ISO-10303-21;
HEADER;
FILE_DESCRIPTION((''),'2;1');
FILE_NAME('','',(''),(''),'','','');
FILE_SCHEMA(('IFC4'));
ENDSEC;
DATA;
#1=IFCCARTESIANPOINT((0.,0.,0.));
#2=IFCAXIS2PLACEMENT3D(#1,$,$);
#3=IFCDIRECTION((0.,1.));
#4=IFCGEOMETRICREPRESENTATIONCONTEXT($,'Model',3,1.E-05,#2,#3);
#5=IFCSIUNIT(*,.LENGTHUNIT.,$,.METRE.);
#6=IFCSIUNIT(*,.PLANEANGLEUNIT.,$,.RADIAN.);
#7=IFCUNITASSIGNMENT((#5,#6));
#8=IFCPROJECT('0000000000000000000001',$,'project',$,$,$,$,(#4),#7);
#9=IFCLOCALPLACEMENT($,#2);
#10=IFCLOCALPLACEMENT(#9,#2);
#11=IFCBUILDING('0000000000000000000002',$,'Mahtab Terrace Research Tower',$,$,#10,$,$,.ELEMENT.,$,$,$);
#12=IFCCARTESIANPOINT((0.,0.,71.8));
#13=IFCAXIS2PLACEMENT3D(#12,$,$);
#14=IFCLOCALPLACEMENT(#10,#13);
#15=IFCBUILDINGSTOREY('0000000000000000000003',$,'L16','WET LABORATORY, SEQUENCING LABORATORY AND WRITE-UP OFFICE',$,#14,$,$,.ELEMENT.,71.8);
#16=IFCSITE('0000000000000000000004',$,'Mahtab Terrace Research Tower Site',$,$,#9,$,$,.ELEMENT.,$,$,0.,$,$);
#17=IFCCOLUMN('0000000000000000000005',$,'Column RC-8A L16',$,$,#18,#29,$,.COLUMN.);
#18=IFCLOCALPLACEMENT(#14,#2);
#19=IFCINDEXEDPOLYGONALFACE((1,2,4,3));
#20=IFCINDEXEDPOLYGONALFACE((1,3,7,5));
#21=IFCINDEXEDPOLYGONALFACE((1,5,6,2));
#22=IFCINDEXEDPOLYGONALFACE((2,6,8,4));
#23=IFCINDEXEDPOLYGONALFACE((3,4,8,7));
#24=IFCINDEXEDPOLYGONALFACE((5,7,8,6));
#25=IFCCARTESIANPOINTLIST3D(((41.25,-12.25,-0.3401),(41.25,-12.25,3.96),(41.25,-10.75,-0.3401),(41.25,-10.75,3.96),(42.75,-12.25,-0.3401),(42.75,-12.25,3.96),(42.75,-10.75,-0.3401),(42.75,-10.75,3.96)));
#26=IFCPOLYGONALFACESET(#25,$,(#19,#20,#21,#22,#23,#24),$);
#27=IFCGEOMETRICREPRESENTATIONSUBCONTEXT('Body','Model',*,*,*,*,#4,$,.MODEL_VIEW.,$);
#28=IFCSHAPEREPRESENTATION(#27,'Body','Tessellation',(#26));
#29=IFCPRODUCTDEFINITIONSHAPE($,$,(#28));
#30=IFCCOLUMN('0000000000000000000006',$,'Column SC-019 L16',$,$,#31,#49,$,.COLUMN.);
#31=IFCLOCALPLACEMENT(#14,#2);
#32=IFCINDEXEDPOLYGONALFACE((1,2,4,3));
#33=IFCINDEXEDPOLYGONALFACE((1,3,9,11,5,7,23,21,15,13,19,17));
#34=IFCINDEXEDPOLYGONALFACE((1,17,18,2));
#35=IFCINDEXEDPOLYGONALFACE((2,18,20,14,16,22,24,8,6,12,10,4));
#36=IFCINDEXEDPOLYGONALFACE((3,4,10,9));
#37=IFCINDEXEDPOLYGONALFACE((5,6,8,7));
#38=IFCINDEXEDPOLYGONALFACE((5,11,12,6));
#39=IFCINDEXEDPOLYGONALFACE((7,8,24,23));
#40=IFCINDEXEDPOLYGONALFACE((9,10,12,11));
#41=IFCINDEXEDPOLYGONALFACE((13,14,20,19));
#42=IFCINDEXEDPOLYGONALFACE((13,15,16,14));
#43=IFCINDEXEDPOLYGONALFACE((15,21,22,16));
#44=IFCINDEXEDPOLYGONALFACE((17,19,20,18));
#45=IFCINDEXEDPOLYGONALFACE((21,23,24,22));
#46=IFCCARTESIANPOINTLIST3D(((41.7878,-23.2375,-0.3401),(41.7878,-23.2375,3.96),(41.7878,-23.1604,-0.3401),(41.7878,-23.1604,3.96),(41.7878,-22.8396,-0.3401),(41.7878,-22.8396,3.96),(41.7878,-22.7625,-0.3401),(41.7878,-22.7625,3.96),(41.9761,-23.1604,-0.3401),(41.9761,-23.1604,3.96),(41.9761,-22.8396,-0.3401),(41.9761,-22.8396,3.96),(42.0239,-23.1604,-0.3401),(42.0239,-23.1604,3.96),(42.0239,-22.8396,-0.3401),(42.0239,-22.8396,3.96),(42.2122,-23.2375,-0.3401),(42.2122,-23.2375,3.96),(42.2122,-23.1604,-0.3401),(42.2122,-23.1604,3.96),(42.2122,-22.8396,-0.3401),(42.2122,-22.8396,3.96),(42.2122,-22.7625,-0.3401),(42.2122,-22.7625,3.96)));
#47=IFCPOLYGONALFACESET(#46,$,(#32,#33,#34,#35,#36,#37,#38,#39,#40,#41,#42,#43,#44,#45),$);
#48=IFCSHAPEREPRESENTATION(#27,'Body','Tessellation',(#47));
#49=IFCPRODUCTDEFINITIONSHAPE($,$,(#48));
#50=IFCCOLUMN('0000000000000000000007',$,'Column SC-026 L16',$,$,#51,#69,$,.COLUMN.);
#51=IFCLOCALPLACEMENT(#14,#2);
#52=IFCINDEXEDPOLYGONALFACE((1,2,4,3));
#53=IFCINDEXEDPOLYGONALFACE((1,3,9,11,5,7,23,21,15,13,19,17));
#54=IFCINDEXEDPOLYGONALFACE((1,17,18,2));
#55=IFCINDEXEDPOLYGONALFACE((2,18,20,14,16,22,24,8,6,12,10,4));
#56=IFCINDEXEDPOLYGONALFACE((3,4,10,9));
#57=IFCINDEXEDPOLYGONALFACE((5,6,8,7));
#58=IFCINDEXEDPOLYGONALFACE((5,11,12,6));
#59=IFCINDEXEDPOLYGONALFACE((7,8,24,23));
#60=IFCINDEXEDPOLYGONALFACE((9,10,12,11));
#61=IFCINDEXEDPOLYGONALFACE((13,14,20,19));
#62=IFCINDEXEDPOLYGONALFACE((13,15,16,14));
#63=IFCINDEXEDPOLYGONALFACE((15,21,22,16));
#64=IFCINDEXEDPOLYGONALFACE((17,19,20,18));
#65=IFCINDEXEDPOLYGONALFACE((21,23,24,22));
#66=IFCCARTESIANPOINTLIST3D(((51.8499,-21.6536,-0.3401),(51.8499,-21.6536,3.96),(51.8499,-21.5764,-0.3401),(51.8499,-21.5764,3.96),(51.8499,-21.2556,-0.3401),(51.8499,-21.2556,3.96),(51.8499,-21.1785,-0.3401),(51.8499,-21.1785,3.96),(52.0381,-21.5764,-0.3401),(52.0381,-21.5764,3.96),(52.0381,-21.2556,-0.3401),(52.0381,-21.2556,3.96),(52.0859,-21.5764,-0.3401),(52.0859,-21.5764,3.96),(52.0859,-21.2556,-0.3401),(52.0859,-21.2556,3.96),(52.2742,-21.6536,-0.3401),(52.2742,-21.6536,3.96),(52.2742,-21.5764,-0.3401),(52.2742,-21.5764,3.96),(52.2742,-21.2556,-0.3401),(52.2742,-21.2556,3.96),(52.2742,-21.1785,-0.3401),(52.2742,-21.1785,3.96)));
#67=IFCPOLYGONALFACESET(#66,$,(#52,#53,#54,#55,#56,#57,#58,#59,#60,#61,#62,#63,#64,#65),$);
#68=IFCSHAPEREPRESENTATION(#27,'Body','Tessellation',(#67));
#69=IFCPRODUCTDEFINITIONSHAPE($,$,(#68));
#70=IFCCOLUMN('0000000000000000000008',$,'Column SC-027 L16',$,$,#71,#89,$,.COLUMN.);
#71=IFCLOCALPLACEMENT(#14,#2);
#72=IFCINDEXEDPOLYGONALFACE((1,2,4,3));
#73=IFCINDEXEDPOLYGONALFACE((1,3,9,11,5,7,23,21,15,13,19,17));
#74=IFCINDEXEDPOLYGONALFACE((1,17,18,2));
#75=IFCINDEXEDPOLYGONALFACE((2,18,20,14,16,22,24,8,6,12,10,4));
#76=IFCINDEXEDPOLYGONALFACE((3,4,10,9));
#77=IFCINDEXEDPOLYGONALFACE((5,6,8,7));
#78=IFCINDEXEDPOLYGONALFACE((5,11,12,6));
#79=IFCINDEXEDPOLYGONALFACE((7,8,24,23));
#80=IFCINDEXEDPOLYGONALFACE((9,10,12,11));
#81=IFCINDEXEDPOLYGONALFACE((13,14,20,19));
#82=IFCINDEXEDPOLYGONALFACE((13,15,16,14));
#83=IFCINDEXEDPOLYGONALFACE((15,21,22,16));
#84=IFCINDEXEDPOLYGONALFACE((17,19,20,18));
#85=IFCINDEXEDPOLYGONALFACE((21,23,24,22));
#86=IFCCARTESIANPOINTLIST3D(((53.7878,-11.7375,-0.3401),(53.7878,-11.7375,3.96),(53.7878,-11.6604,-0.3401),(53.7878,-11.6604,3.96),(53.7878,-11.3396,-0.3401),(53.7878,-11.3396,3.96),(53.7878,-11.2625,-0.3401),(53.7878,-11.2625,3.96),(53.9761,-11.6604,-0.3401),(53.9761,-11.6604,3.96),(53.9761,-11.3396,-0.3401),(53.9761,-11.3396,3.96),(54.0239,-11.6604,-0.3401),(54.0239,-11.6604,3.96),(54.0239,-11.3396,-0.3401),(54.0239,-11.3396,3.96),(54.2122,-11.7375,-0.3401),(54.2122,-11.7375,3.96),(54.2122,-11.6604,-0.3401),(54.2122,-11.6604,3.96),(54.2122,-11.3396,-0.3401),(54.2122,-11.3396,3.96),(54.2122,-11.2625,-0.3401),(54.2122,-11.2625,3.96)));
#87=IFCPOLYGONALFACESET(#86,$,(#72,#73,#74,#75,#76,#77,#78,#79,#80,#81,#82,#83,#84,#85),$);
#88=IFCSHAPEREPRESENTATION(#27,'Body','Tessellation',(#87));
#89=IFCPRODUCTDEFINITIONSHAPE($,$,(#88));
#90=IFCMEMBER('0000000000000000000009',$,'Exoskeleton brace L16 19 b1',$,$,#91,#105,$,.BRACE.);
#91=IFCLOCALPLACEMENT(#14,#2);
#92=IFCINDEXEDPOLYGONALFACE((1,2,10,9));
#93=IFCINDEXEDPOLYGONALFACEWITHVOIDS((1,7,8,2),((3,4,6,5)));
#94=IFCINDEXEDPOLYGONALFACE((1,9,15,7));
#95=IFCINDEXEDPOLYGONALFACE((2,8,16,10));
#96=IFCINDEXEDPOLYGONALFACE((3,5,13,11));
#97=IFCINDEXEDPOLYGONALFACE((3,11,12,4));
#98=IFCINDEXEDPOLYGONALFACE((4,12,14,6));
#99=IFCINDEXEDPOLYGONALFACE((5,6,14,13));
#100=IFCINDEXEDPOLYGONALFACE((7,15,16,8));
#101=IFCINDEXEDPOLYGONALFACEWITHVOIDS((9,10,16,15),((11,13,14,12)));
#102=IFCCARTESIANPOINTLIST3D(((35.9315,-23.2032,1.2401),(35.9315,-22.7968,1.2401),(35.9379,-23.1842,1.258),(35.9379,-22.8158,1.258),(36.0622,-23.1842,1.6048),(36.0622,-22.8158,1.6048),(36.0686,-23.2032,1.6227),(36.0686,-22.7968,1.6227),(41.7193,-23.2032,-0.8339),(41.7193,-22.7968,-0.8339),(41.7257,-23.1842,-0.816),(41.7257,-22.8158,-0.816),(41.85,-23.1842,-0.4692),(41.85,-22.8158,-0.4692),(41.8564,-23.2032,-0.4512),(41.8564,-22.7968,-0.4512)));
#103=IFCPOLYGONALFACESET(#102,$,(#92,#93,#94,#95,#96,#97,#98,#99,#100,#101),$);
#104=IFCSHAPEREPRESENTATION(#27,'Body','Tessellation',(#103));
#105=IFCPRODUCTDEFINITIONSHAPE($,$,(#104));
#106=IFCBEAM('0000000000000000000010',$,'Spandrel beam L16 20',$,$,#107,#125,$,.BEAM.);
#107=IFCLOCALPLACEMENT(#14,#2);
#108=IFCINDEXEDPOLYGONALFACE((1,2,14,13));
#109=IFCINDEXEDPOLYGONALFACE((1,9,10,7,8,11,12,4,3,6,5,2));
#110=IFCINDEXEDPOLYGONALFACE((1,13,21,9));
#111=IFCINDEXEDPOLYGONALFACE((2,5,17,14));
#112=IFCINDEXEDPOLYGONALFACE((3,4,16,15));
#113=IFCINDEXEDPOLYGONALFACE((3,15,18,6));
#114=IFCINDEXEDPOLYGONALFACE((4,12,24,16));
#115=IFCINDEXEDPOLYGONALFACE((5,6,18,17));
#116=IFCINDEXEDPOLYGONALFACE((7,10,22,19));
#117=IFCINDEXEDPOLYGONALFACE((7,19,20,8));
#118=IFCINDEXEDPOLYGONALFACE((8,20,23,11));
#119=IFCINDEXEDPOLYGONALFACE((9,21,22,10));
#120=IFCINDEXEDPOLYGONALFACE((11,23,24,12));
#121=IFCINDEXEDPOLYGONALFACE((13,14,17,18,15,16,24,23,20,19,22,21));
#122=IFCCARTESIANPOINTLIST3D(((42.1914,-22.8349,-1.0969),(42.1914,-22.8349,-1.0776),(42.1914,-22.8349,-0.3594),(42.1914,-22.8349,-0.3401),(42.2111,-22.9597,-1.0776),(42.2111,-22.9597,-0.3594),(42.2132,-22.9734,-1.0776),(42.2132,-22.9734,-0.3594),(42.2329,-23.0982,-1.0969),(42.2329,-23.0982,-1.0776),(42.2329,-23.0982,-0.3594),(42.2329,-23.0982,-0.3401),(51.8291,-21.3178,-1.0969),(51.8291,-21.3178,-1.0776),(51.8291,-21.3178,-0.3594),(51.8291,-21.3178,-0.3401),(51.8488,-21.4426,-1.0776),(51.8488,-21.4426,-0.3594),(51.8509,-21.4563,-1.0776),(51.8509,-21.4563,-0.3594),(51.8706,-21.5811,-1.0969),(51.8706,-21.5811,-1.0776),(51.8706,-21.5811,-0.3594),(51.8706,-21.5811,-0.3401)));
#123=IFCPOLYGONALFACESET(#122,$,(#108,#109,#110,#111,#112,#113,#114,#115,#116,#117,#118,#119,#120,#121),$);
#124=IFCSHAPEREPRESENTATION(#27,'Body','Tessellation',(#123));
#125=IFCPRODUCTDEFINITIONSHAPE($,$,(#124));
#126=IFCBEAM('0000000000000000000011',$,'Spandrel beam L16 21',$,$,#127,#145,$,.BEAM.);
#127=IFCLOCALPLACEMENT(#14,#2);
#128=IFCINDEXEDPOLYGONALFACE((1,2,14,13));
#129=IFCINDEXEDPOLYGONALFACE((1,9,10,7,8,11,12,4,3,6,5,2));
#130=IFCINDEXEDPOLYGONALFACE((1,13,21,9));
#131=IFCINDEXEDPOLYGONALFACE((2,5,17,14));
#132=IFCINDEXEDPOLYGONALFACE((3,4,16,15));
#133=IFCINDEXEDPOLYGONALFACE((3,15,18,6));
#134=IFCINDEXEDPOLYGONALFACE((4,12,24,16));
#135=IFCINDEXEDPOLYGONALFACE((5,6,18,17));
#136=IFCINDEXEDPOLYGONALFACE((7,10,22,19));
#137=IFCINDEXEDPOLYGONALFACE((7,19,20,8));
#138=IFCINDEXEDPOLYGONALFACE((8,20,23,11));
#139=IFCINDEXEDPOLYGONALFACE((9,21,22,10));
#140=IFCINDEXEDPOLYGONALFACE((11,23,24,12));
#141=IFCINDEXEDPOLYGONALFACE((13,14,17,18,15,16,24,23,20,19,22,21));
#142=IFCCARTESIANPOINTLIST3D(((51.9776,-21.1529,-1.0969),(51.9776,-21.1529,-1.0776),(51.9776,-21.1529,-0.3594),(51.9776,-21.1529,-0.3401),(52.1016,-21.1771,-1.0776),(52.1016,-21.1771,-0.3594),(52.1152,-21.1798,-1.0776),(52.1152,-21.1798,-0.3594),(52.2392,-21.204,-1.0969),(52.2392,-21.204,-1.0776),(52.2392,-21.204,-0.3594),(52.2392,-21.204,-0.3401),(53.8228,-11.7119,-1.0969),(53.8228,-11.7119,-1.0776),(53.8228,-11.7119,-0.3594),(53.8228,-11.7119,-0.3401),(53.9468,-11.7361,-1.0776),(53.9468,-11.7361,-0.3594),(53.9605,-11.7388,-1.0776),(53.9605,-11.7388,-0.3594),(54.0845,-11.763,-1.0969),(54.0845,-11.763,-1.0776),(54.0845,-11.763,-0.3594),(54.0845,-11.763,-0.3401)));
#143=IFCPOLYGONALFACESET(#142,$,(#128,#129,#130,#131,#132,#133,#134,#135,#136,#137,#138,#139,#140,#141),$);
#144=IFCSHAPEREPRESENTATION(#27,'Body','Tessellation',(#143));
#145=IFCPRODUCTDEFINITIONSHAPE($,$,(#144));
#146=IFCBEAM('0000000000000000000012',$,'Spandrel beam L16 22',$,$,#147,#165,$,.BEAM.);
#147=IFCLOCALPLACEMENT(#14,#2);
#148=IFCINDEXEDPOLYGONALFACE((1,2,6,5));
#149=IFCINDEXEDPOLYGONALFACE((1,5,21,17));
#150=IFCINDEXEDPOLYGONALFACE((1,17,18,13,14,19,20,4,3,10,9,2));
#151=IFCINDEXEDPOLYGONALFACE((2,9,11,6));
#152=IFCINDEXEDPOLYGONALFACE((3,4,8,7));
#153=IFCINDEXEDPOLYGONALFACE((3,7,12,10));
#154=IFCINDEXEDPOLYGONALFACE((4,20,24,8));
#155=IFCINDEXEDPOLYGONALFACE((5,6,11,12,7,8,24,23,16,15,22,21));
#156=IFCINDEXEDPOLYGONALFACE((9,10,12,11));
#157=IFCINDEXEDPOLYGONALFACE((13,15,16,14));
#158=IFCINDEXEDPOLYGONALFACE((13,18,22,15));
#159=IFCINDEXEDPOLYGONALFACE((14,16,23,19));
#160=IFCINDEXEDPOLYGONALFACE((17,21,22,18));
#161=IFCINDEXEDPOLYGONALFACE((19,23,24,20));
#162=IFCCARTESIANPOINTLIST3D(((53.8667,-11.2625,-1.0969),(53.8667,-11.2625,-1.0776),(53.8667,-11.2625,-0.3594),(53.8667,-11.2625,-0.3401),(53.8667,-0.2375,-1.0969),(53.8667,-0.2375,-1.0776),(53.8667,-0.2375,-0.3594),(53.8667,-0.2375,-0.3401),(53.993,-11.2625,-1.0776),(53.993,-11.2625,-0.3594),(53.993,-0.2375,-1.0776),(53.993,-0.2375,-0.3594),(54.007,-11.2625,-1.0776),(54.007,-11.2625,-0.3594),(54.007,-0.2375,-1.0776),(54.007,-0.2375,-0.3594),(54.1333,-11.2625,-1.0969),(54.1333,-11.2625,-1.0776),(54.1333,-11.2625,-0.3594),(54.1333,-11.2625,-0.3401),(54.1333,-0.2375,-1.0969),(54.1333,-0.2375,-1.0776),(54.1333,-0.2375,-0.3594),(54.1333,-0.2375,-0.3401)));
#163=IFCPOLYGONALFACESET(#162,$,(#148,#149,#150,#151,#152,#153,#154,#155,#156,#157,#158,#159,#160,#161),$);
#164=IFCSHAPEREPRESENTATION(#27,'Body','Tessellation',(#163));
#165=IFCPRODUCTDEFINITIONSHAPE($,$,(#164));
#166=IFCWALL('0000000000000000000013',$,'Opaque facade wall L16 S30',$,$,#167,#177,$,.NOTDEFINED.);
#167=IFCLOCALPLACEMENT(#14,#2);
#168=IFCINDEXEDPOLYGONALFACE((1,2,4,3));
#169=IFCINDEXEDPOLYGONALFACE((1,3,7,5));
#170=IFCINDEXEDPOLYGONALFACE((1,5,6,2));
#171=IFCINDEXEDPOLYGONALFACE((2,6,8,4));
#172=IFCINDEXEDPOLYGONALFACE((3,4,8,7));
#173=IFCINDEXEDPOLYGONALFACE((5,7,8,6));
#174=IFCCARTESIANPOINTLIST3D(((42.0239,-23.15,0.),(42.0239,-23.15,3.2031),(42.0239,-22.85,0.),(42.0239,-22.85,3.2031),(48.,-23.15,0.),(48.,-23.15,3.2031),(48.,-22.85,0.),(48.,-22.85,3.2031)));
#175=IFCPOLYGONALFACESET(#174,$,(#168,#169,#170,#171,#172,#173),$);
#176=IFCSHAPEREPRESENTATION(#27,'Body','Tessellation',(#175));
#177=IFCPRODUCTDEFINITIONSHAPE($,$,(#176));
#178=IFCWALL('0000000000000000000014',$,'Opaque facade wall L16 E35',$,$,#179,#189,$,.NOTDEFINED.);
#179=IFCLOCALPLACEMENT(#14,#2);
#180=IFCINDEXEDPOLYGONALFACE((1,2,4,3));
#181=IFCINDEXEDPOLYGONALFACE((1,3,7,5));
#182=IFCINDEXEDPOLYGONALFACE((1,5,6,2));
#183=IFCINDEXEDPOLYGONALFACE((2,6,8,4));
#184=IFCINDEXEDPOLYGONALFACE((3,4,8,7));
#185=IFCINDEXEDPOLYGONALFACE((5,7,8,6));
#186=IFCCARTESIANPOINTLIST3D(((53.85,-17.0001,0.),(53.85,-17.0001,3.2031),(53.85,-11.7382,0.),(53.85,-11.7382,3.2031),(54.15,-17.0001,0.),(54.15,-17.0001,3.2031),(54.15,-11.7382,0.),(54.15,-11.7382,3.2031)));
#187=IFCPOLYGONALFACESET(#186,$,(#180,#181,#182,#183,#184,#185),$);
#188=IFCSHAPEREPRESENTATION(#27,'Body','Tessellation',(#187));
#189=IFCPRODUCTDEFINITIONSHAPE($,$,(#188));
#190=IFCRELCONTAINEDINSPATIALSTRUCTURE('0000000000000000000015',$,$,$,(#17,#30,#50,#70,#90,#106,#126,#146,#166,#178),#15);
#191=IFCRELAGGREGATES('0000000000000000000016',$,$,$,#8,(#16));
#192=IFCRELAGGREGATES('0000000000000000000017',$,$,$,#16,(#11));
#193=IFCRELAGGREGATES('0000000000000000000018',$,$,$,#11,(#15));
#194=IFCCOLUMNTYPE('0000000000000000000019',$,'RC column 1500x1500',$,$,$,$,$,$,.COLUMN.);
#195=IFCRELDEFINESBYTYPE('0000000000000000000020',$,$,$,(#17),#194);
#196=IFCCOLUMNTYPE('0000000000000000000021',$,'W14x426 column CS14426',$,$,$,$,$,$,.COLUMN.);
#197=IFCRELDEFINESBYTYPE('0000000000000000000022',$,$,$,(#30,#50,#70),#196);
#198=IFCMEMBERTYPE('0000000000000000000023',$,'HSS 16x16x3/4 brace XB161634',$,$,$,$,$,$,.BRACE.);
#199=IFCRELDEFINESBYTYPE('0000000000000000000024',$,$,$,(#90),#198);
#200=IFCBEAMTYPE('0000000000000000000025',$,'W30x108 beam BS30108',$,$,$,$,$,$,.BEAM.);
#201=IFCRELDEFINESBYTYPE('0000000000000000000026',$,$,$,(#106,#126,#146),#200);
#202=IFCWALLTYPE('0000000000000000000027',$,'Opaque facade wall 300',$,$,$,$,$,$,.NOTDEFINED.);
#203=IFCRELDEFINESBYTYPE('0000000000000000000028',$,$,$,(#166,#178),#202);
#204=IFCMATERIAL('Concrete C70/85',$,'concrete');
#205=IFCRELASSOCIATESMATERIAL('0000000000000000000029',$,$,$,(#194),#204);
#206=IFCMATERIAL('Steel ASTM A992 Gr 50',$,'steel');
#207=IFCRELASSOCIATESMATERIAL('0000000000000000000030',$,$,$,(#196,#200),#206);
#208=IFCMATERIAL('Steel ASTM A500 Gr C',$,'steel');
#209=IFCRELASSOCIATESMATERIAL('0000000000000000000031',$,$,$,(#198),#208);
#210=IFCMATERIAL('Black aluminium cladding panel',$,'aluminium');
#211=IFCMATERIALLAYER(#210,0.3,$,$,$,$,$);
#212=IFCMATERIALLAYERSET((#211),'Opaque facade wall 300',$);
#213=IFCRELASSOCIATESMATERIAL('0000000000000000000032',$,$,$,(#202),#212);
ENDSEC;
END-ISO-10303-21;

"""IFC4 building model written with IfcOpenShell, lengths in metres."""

from ifc_helpers import new_model, si_unit, direction, frame, frame_2d, origin, origin_2d, place, context, subcontext, project, spatial, rectangle, hollow_rectangle, i_section, extrude, material, layer, layer_set, material_profile, profile_set, type_object, element, save


model = new_model("IFC4")

# Units and contexts
model_context = context("Model", 3, precision=1e-05, world=origin(), true_north=direction((0.0, 1.0)))
body_context = subcontext(model_context, "Body", "Model", "MODEL_VIEW")
ifc_project = project(units=[si_unit("LENGTHUNIT", "METRE"), si_unit("PLANEANGLEUNIT", "RADIAN")], contexts=[model_context])

# Site, building, storey
site_placement = place(None, origin())
site = spatial("IfcSite", under=ifc_project, at=site_placement, Name="Mahtab Terrace Research Tower Site", CompositionType="ELEMENT", RefElevation=0.0)
building_placement = place(site_placement, origin())
building = spatial("IfcBuilding", under=site, at=building_placement, Name="Mahtab Terrace Research Tower", CompositionType="ELEMENT")
storey_placement = place(building_placement, frame((0.0, 0.0, 71.8)))
storey = spatial("IfcBuildingStorey", under=building, at=storey_placement, Name="L16", Description="WET LABORATORY, SEQUENCING LABORATORY AND WRITE-UP OFFICE", CompositionType="ELEMENT", Elevation=71.8)

# Columns
ifc_material_1 = material(Name="Concrete C70/85", Category="concrete")
ifc_material_profile_1 = material_profile(ifc_material_1, rectangle(XDim=1.5, YDim=1.5, at=origin_2d()), Name="RC column 1500x1500")
ifc_profile_set_1 = profile_set([ifc_material_profile_1], Name="Concrete C70/85")
column_type_1 = type_object("IfcColumnType", Name="RC column 1500x1500", PredefinedType="COLUMN", material=ifc_profile_set_1)
column_placement = place(storey_placement, frame((42.0, -11.5, -0.3401), z_axis=(0.0, 0.0, 1.0), x_axis=(1.0, 0.0, 0.0)))
element("IfcColumn", 1, at=column_placement, inside=storey, type_object=column_type_1, Name="Column RC-8A L16", PredefinedType="COLUMN", context=body_context, shape_type="SweptSolid", body=[
    extrude(rectangle(XDim=1.5, YDim=1.5, at=origin_2d()), origin(), (0.0, 0.0, 1.0), 4.3),
])
ifc_material_2 = material(Name="Steel ASTM A992 Gr 50", Category="steel")
ifc_material_profile_2 = material_profile(ifc_material_2, i_section(OverallWidth=0.4243, OverallDepth=0.4751, WebThickness=0.0479, FlangeThickness=0.0771, at=origin_2d()), Name="W14X426")
ifc_profile_set_2 = profile_set([ifc_material_profile_2], Name="Steel ASTM A992 Gr 50")
column_type_2 = type_object("IfcColumnType", Name="W14x426 column CS14426", PredefinedType="COLUMN", material=ifc_profile_set_2)
for number, where, z_axis, x_axis, name in (
    (2, (42.0, -23.0, -0.3401), (0.0, 0.0, 1.0), (1.0, 0.0, 0.0), "Column SC-019 L16"),
    (3, (52.062, -21.416, -0.3401), (0.0, 0.0, 1.0), (1.0, 0.0, 0.0), "Column SC-026 L16"),
    (4, (54.0, -11.5, -0.3401), (0.0, 0.0, 1.0), (1.0, 0.0, 0.0), "Column SC-027 L16"),
):
    element("IfcColumn", number, at=place(storey_placement, frame(where, z_axis=z_axis, x_axis=x_axis)), inside=storey, type_object=column_type_2, Name=name, PredefinedType="COLUMN", context=body_context, shape_type="SweptSolid", body=[
        extrude(i_section(OverallWidth=0.4243, OverallDepth=0.4751, WebThickness=0.0479, FlangeThickness=0.0771, at=origin_2d()), origin(), (0.0, 0.0, 1.0), 4.3),
    ])

# Member
ifc_material_3 = material(Name="Steel ASTM A500 Gr C", Category="steel")
ifc_material_profile_3 = material_profile(ifc_material_3, hollow_rectangle(XDim=0.4065, YDim=0.4065, WallThickness=0.019, at=origin_2d()), Name="HSS16X16X3/4")
ifc_profile_set_3 = profile_set([ifc_material_profile_3], Name="Steel ASTM A500 Gr C")
member_type = type_object("IfcMemberType", Name="HSS 16x16x3/4 brace XB161634", PredefinedType="BRACE", material=ifc_profile_set_3)
member_placement = place(storey_placement, frame((41.7878, -23.0, -0.6426), z_axis=(-0.941387, 0.0, 0.33733), x_axis=(0.0, -1.0, 0.0)))
element("IfcMember", 5, at=member_placement, inside=storey, type_object=member_type, Name="Exoskeleton brace L16 19 b1", PredefinedType="BRACE", context=body_context, shape_type="SweptSolid", body=[
    extrude(hollow_rectangle(XDim=0.4065, YDim=0.4065, WallThickness=0.019, at=origin_2d()), origin(), (0.0, 0.0, 1.0), 6.1482),
])

# Beams
ifc_material_profile_4 = material_profile(ifc_material_2, i_section(OverallWidth=0.2666, OverallDepth=0.7568, WebThickness=0.0139, FlangeThickness=0.0193, at=origin_2d()), Name="W30X108")
ifc_profile_set_4 = profile_set([ifc_material_profile_4], Name="Steel ASTM A992 Gr 50")
beam_type = type_object("IfcBeamType", Name="W30x108 beam BS30108", PredefinedType="BEAM", material=ifc_profile_set_4)
beam_1_placement = place(storey_placement, frame((42.2122, -22.9666, -0.7185), z_axis=(0.987836, 0.155497, 0.0), x_axis=(-0.155497, 0.987836, 0.0)))
element("IfcBeam", 6, at=beam_1_placement, inside=storey, type_object=beam_type, Name="Spandrel beam L16 20", PredefinedType="BEAM", context=body_context, shape_type="SweptSolid", body=[
    extrude(i_section(OverallWidth=0.2666, OverallDepth=0.7568, WebThickness=0.0139, FlangeThickness=0.0193, at=origin_2d()), origin(), (0.0, 0.0, 1.0), 9.7563),
])
beam_2_placement = place(storey_placement, frame((52.1084, -21.1785, -0.7185), z_axis=(0.191819, 0.98143, 0.0), x_axis=(-0.98143, 0.191819, 0.0)))
element("IfcBeam", 7, at=beam_2_placement, inside=storey, type_object=beam_type, Name="Spandrel beam L16 21", PredefinedType="BEAM", context=body_context, shape_type="SweptSolid", body=[
    extrude(i_section(OverallWidth=0.2666, OverallDepth=0.7568, WebThickness=0.0139, FlangeThickness=0.0193, at=origin_2d()), origin(), (0.0, 0.0, 1.0), 9.6196),
])
beam_3_placement = place(storey_placement, frame((54.0, -11.2625, -0.7185), z_axis=(0.0, 1.0, 0.0), x_axis=(-1.0, 0.0, 0.0)))
element("IfcBeam", 8, at=beam_3_placement, inside=storey, type_object=beam_type, Name="Spandrel beam L16 22", PredefinedType="BEAM", context=body_context, shape_type="SweptSolid", body=[
    extrude(i_section(OverallWidth=0.2666, OverallDepth=0.7568, WebThickness=0.0139, FlangeThickness=0.0193, at=origin_2d()), origin(), (0.0, 0.0, 1.0), 11.0249),
])

# Walls
ifc_material_4 = material(Name="Black aluminium cladding panel", Category="aluminium")
ifc_layer_1 = layer(ifc_material_4, 0.3)
ifc_layer_set_1 = layer_set([ifc_layer_1], Name="Opaque facade wall 300")
wall_type_1 = type_object("IfcWallType", Name="Opaque facade wall 300", PredefinedType="NOTDEFINED", material=ifc_layer_set_1)
wall_1_placement = place(storey_placement, frame((42.0239, -23.0, 0.0), z_axis=(0.0, 0.0, 1.0), x_axis=(1.0, 0.0, 0.0)))
element("IfcWall", 9, at=wall_1_placement, inside=storey, type_object=wall_type_1, Name="Opaque facade wall L16 S30", PredefinedType="NOTDEFINED", context=body_context, shape_type="SweptSolid", body=[
    extrude(rectangle(XDim=5.9761, YDim=0.3, at=frame_2d((2.988, 0.0))), origin(), (0.0, 0.0, 1.0), 3.2031),
])
wall_2_placement = place(storey_placement, frame((54.0, -17.0, 0.0), z_axis=(0.0, 0.0, 1.0), x_axis=(0.0, 1.0, 0.0)))
element("IfcWall", 10, at=wall_2_placement, inside=storey, type_object=wall_type_1, Name="Opaque facade wall L16 E35", PredefinedType="NOTDEFINED", context=body_context, shape_type="SweptSolid", body=[
    extrude(rectangle(XDim=5.262, YDim=0.3, at=frame_2d((2.6309, 0.0))), origin(), (0.0, 0.0, 1.0), 3.2031),
])

save(model, "model.ifc")
